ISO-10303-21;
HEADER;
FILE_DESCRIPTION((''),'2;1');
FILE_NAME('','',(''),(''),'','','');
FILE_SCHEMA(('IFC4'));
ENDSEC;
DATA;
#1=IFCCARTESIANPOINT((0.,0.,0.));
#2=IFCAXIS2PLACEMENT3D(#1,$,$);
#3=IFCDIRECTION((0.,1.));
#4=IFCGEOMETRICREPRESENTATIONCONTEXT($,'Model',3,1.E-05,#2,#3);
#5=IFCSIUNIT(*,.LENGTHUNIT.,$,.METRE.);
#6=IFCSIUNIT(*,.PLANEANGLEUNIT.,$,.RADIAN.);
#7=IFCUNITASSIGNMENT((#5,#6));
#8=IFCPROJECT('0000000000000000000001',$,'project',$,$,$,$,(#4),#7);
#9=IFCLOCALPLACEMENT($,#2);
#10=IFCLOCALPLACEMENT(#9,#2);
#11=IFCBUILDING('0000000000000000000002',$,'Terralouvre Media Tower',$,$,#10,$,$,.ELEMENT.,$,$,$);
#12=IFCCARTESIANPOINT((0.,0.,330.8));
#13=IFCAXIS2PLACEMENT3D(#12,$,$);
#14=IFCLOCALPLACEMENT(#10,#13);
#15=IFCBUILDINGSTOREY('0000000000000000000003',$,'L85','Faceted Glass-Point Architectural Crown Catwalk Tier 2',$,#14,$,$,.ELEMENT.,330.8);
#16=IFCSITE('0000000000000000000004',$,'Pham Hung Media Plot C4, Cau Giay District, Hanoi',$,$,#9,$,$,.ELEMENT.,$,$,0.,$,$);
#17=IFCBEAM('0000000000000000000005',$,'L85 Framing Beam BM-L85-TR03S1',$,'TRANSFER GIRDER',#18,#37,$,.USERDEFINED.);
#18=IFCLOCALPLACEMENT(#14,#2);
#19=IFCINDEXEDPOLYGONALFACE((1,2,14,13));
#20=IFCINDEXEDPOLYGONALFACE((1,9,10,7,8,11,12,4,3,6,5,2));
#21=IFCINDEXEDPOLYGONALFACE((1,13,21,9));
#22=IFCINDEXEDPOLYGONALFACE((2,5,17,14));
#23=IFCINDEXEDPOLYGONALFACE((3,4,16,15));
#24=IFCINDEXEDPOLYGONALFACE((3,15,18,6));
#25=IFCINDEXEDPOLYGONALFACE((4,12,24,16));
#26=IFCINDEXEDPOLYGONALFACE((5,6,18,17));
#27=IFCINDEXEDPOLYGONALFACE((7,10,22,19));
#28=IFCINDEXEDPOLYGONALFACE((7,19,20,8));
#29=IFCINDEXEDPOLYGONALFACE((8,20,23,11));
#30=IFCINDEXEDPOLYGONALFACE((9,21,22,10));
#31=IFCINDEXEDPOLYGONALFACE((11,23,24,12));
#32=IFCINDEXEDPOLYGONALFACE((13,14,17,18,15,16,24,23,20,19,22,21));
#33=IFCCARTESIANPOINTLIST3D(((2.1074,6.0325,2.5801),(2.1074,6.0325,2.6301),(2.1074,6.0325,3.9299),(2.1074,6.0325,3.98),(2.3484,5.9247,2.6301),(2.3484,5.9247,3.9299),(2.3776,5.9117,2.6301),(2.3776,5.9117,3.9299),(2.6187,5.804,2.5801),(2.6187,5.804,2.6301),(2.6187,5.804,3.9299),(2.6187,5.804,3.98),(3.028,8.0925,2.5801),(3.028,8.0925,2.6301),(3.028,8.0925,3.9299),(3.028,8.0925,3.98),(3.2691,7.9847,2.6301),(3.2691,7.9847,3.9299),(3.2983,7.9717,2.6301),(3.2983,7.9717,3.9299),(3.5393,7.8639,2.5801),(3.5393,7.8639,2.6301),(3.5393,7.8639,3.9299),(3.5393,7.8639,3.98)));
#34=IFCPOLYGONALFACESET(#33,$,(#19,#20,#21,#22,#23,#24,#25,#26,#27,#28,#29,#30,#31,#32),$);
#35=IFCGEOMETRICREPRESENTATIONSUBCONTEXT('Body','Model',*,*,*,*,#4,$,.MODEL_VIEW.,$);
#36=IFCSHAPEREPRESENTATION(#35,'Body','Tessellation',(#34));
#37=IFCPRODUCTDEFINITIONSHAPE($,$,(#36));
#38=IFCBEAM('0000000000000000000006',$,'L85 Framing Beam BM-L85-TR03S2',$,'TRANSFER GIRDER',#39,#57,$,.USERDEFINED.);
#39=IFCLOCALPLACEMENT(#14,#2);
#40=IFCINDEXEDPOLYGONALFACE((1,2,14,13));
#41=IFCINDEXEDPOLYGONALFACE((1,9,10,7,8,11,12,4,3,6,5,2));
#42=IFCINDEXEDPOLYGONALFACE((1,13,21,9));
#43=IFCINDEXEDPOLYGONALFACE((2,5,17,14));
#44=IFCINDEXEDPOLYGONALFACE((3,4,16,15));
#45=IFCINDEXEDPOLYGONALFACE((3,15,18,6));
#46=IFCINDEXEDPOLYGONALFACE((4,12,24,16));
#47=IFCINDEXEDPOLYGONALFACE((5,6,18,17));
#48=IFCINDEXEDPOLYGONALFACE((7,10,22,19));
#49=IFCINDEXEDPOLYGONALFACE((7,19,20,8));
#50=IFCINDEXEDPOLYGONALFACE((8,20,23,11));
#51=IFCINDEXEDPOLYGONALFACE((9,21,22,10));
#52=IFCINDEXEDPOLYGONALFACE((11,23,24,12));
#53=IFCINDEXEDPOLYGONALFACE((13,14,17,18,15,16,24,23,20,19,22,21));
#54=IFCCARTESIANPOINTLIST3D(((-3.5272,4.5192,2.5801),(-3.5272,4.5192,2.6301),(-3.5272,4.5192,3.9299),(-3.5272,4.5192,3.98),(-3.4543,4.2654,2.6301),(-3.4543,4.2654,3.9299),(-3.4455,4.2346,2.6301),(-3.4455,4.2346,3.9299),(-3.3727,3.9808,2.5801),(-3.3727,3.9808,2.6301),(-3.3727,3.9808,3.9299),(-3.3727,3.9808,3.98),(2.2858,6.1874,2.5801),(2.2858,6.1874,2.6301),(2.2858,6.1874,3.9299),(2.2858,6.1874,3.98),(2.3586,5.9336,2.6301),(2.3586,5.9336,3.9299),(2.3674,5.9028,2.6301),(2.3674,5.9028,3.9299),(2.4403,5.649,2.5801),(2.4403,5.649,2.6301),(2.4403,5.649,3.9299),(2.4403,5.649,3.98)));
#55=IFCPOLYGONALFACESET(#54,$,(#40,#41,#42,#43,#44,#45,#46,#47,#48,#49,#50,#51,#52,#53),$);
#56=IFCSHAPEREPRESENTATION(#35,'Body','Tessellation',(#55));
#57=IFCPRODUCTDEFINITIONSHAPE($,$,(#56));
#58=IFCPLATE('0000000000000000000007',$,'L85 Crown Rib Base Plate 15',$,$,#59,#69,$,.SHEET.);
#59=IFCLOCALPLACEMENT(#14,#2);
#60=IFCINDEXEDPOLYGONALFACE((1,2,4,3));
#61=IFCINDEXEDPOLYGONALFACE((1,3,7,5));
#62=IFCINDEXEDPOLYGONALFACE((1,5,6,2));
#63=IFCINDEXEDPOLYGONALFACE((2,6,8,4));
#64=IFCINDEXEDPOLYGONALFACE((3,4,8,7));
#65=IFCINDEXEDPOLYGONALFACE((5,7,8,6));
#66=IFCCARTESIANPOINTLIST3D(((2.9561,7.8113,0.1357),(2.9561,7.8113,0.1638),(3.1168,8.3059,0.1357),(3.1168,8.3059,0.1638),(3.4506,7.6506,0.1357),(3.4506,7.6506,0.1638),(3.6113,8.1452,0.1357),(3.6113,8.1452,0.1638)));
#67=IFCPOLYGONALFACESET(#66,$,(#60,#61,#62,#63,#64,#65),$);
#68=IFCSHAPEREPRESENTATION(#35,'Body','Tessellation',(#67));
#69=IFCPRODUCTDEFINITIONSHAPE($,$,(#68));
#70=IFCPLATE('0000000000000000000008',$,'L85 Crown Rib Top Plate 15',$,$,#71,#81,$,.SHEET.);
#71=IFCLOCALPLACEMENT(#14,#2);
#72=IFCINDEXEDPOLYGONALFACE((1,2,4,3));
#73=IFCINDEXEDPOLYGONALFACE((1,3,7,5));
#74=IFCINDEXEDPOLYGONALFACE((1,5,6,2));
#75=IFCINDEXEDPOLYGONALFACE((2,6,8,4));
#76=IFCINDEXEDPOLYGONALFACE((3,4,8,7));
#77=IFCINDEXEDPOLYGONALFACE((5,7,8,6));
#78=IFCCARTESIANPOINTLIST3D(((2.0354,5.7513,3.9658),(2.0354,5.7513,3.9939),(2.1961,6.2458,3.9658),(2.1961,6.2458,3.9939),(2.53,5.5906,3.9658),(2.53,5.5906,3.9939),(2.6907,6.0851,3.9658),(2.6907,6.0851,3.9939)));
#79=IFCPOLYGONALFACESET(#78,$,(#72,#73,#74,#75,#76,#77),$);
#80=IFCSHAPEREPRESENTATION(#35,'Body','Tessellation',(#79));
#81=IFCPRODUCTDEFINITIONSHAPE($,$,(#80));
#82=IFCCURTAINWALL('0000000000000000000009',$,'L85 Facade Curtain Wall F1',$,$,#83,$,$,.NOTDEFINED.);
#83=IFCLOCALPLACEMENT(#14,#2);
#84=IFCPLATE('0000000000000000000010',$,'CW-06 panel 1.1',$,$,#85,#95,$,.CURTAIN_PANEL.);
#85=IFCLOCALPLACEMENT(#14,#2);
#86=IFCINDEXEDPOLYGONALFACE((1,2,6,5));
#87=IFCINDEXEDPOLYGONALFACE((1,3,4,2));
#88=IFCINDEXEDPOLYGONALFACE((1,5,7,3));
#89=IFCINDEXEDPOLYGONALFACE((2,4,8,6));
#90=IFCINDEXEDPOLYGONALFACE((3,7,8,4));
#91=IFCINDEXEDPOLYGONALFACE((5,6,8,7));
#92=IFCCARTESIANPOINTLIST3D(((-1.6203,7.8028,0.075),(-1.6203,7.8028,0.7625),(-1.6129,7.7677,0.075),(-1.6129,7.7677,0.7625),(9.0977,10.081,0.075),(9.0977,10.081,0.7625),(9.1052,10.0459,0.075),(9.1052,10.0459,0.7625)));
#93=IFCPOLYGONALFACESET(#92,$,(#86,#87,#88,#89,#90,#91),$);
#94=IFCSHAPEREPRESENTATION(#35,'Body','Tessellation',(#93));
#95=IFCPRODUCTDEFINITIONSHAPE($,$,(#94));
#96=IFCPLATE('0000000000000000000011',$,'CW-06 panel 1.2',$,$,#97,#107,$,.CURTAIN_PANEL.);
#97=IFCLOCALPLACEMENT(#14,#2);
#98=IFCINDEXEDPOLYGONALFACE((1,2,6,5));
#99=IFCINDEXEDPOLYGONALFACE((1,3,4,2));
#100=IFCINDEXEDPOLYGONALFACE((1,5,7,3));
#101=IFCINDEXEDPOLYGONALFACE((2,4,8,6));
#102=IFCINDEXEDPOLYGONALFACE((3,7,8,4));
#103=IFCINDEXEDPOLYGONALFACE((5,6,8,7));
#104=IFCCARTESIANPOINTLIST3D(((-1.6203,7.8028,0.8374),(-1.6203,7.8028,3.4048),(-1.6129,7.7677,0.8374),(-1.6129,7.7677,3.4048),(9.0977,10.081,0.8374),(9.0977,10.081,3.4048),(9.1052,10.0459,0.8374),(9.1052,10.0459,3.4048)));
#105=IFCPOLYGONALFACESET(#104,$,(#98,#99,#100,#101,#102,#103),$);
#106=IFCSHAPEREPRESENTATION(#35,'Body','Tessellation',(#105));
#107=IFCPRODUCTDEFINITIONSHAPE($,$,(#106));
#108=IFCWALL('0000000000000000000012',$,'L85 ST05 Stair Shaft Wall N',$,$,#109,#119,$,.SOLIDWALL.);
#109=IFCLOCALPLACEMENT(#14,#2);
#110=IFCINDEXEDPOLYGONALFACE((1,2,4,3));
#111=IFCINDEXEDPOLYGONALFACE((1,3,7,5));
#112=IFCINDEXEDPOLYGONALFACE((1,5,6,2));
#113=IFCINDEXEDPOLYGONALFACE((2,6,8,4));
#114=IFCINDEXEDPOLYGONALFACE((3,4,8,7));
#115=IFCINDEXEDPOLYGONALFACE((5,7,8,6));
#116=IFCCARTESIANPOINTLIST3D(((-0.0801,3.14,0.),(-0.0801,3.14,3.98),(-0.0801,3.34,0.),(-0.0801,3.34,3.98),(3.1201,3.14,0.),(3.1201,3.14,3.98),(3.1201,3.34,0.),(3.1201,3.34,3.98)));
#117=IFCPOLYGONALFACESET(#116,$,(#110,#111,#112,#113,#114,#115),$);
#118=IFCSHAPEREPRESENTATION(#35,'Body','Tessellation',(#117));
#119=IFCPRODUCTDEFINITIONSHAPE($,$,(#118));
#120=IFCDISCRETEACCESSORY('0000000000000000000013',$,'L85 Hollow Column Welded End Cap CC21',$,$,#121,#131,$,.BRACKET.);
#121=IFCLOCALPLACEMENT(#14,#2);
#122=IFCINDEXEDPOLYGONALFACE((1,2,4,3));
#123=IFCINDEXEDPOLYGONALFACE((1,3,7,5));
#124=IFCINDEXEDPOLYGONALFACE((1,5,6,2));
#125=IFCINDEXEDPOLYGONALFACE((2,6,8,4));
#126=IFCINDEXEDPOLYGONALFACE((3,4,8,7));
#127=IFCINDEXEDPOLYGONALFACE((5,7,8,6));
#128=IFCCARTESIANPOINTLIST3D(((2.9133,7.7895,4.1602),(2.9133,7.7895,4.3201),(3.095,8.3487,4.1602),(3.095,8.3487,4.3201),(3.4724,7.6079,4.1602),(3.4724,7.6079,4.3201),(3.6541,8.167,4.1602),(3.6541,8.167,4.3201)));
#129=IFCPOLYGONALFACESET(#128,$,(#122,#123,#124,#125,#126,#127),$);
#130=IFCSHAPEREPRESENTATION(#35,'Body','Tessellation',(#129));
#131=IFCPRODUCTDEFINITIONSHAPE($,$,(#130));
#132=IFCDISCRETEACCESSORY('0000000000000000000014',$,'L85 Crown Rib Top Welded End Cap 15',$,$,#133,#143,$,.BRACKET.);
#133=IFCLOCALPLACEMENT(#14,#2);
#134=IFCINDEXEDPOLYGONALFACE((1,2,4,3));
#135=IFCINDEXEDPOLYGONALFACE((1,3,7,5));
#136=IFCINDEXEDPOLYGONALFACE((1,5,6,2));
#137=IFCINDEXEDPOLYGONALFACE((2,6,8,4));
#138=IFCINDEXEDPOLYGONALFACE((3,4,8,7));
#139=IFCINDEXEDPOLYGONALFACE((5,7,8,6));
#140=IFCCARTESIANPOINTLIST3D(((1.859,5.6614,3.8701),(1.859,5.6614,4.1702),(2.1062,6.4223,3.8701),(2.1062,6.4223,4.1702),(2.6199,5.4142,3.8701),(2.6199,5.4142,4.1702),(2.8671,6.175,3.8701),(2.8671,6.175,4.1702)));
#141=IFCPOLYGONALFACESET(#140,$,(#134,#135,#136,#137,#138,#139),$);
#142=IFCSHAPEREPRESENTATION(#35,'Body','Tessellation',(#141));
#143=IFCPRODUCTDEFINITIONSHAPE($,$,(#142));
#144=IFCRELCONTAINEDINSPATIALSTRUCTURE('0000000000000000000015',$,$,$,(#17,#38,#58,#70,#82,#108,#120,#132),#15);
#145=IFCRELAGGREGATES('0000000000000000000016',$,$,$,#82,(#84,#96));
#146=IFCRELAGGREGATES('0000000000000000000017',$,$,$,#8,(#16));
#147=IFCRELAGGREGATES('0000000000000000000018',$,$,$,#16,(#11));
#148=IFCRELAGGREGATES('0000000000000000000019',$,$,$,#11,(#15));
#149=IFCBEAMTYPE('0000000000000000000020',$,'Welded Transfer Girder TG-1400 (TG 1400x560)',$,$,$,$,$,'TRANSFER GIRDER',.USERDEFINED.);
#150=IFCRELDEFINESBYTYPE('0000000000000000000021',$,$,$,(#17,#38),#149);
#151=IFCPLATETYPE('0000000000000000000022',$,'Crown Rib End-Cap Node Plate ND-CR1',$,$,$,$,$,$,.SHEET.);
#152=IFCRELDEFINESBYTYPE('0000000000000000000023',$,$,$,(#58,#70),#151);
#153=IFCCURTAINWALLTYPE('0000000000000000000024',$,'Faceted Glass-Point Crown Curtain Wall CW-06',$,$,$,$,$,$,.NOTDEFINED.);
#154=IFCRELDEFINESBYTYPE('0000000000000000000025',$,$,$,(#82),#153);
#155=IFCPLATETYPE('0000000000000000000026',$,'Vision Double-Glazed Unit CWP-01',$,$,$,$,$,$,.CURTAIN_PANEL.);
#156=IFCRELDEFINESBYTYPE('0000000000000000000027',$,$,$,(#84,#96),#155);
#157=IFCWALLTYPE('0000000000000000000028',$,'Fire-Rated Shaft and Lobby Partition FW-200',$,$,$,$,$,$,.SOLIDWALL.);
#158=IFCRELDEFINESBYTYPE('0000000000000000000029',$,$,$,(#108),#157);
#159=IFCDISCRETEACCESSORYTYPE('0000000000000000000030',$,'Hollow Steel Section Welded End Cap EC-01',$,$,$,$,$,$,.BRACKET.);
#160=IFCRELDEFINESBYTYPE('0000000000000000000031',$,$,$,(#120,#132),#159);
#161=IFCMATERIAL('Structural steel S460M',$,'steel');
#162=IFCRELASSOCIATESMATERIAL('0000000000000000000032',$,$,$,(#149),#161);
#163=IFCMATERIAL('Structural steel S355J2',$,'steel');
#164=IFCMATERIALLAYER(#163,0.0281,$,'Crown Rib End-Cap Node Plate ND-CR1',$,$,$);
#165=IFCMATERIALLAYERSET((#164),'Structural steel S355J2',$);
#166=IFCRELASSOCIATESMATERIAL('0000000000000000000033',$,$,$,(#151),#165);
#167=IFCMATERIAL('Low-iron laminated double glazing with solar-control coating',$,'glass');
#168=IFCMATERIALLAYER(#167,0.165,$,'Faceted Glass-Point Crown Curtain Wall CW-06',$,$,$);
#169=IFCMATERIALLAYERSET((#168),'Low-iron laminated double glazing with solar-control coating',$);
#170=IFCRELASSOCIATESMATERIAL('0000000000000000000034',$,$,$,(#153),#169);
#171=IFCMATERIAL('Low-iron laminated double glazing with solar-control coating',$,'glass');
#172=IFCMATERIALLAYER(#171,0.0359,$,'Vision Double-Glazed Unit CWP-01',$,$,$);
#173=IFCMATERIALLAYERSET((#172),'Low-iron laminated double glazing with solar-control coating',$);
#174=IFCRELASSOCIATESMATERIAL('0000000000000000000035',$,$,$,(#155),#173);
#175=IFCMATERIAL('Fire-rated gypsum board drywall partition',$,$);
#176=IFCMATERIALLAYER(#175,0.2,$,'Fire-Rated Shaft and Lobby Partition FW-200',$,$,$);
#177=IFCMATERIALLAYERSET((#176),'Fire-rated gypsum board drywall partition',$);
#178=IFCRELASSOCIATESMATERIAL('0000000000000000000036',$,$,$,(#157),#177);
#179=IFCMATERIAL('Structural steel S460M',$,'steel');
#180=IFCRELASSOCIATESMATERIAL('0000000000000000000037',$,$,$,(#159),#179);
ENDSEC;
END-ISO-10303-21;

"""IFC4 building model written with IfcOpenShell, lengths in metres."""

from ifc_helpers import new_model, si_unit, direction, frame, frame_2d, origin, origin_2d, place, context, subcontext, project, spatial, rectangle, i_section, extrude, material, layer, layer_set, material_profile, profile_set, type_object, element, aggregate, save


model = new_model("IFC4")

# Units and contexts
model_context = context("Model", 3, precision=1e-05, world=origin(), true_north=direction((0.0, 1.0)))
body_context = subcontext(model_context, "Body", "Model", "MODEL_VIEW")
ifc_project = project(units=[si_unit("LENGTHUNIT", "METRE"), si_unit("PLANEANGLEUNIT", "RADIAN")], contexts=[model_context])

# Site, building, storey
site_placement = place(None, origin())
site = spatial("IfcSite", under=ifc_project, at=site_placement, Name="Pham Hung Media Plot C4, Cau Giay District, Hanoi", CompositionType="ELEMENT", RefElevation=0.0)
building_placement = place(site_placement, origin())
building = spatial("IfcBuilding", under=site, at=building_placement, Name="Terralouvre Media Tower", CompositionType="ELEMENT")
storey_placement = place(building_placement, frame((0.0, 0.0, 330.8)))
storey = spatial("IfcBuildingStorey", under=building, at=storey_placement, Name="L85", Description="Faceted Glass-Point Architectural Crown Catwalk Tier 2", CompositionType="ELEMENT", Elevation=330.8)

# Beams
ifc_material_1 = material(Name="Structural steel S460M", Category="steel")
ifc_material_profile_1 = material_profile(ifc_material_1, i_section(OverallWidth=0.5601, OverallDepth=1.3999, WebThickness=0.032, FlangeThickness=0.05, at=origin_2d()), Name="TG 1400x560")
ifc_profile_set_1 = profile_set([ifc_material_profile_1], Name="Structural steel S460M")
beam_type_1 = type_object("IfcBeamType", Name="Welded Transfer Girder TG-1400 (TG 1400x560)", ElementType="TRANSFER GIRDER", PredefinedType="USERDEFINED", material=ifc_profile_set_1)
beam_1_placement = place(storey_placement, frame((2.363, 5.9182, 3.28), z_axis=(0.408015, 0.912975, 0.0), x_axis=(-0.912975, 0.408015, 0.0)))
element("IfcBeam", 1, at=beam_1_placement, inside=storey, type_object=beam_type_1, Name="L85 Framing Beam BM-L85-TR03S1", ObjectType="TRANSFER GIRDER", PredefinedType="USERDEFINED", context=body_context, shape_type="SweptSolid", body=[
    extrude(i_section(OverallWidth=0.5601, OverallDepth=1.3999, WebThickness=0.032, FlangeThickness=0.05, at=origin_2d()), origin(), (0.0, 0.0, 1.0), 2.2563),
])
beam_2_placement = place(storey_placement, frame((2.363, 5.9182, 3.28), z_axis=(-0.961202, -0.275846, 0.0), x_axis=(0.275846, -0.961202, 0.0)))
element("IfcBeam", 2, at=beam_2_placement, inside=storey, type_object=beam_type_1, Name="L85 Framing Beam BM-L85-TR03S2", ObjectType="TRANSFER GIRDER", PredefinedType="USERDEFINED", context=body_context, shape_type="SweptSolid", body=[
    extrude(i_section(OverallWidth=0.5601, OverallDepth=1.3999, WebThickness=0.032, FlangeThickness=0.05, at=origin_2d()), origin(), (0.0, 0.0, 1.0), 6.0476),
])

# Plates
ifc_material_2 = material(Name="Structural steel S355J2", Category="steel")
ifc_layer_1 = layer(ifc_material_2, 0.0281, Name="Crown Rib End-Cap Node Plate ND-CR1")
ifc_layer_set_1 = layer_set([ifc_layer_1], Name="Structural steel S355J2")
plate_type_1 = type_object("IfcPlateType", Name="Crown Rib End-Cap Node Plate ND-CR1", PredefinedType="SHEET", material=ifc_layer_set_1)
for number, where, z_axis, x_axis, name in (
    (3, (3.2837, 7.9783, 0.1357), (0.0, 0.0, 1.0), (0.309017, 0.951057, 0.0), "L85 Crown Rib Base Plate 15"),
    (4, (2.363, 5.9182, 3.9658), (0.0, 0.0, 1.0), (0.309017, 0.951057, 0.0), "L85 Crown Rib Top Plate 15"),
):
    element("IfcPlate", number, at=place(storey_placement, frame(where, z_axis=z_axis, x_axis=x_axis)), inside=storey, type_object=plate_type_1, Name=name, PredefinedType="SHEET", context=body_context, shape_type="SweptSolid", body=[
        extrude(rectangle(XDim=0.52, YDim=0.52, at=origin_2d()), origin(), (0.0, 0.0, 1.0), 0.0281),
    ])

# Curtain wall, plates
ifc_material_3 = material(Name="Low-iron laminated double glazing with solar-control coating", Category="glass")
ifc_layer_2 = layer(ifc_material_3, 0.165, Name="Faceted Glass-Point Crown Curtain Wall CW-06")
ifc_layer_set_2 = layer_set([ifc_layer_2], Name="Low-iron laminated double glazing with solar-control coating")
curtain_wall_type = type_object("IfcCurtainWallType", Name="Faceted Glass-Point Crown Curtain Wall CW-06", PredefinedType="NOTDEFINED", material=ifc_layer_set_2)
curtain_wall_placement = place(storey_placement, origin())
curtain_wall = element("IfcCurtainWall", 5, at=curtain_wall_placement, inside=storey, type_object=curtain_wall_type, Name="L85 Facade Curtain Wall F1", PredefinedType="NOTDEFINED")
ifc_material_4 = material(Name="Low-iron laminated double glazing with solar-control coating", Category="glass")
ifc_layer_3 = layer(ifc_material_4, 0.0359, Name="Vision Double-Glazed Unit CWP-01")
ifc_layer_set_3 = layer_set([ifc_layer_3], Name="Low-iron laminated double glazing with solar-control coating")
plate_type_2 = type_object("IfcPlateType", Name="Vision Double-Glazed Unit CWP-01", PredefinedType="CURTAIN_PANEL", material=ifc_layer_set_3)
plate_1_placement = place(storey_placement, frame((3.7424, 8.9243, 0.075), z_axis=(0.0, 0.0, 1.0), x_axis=(-0.978148, -0.207912, 0.0)))
plate_1 = element("IfcPlate", 6, at=plate_1_placement, type_object=plate_type_2, Name="CW-06 panel 1.1", PredefinedType="CURTAIN_PANEL", context=body_context, shape_type="SweptSolid", body=[
    extrude(rectangle(XDim=10.9575, YDim=0.0359, at=origin_2d()), origin(), (0.0, 0.0, 1.0), 0.6875),
])
plate_2_placement = place(storey_placement, frame((3.7424, 8.9243, 0.8374), z_axis=(0.0, 0.0, 1.0), x_axis=(-0.978148, -0.207912, 0.0)))
plate_2 = element("IfcPlate", 7, at=plate_2_placement, type_object=plate_type_2, Name="CW-06 panel 1.2", PredefinedType="CURTAIN_PANEL", context=body_context, shape_type="SweptSolid", body=[
    extrude(rectangle(XDim=10.9575, YDim=0.0359, at=origin_2d()), origin(), (0.0, 0.0, 1.0), 2.5674),
])
aggregate(curtain_wall, [plate_1, plate_2])

# Wall
ifc_material_5 = material(Name="Fire-rated gypsum board drywall partition")
ifc_layer_4 = layer(ifc_material_5, 0.2, Name="Fire-Rated Shaft and Lobby Partition FW-200")
ifc_layer_set_4 = layer_set([ifc_layer_4], Name="Fire-rated gypsum board drywall partition")
wall_type = type_object("IfcWallType", Name="Fire-Rated Shaft and Lobby Partition FW-200", PredefinedType="SOLIDWALL", material=ifc_layer_set_4)
wall_placement = place(storey_placement, frame((3.1201, 3.24, 0.0), z_axis=(0.0, 0.0, 1.0), x_axis=(-1.0, 0.0, 0.0)))
element("IfcWall", 8, at=wall_placement, inside=storey, type_object=wall_type, Name="L85 ST05 Stair Shaft Wall N", PredefinedType="SOLIDWALL", context=body_context, shape_type="SweptSolid", body=[
    extrude(rectangle(XDim=3.2002, YDim=0.2, at=frame_2d((1.6001, 0.0))), origin(), (0.0, 0.0, 1.0), 3.98),
])

# Discrete accessories
ifc_material_6 = material(Name="Structural steel S460M", Category="steel")
discrete_accessory_type = type_object("IfcDiscreteAccessoryType", Name="Hollow Steel Section Welded End Cap EC-01", PredefinedType="BRACKET", material=ifc_material_6)
discrete_accessory_1_placement = place(storey_placement, frame((3.2837, 7.9783, 4.1602), z_axis=(0.0, 0.0, 1.0), x_axis=(0.309017, 0.951057, 0.0)))
element("IfcDiscreteAccessory", 9, at=discrete_accessory_1_placement, inside=storey, type_object=discrete_accessory_type, Name="L85 Hollow Column Welded End Cap CC21", PredefinedType="BRACKET", context=body_context, shape_type="SweptSolid", body=[
    extrude(rectangle(XDim=0.5879, YDim=0.5879, at=origin_2d()), origin(), (0.0, 0.0, 1.0), 0.1599),
])
discrete_accessory_2_placement = place(storey_placement, frame((2.363, 5.9182, 3.8701), z_axis=(0.0, 0.0, 1.0), x_axis=(0.309017, 0.951057, 0.0)))
element("IfcDiscreteAccessory", 10, at=discrete_accessory_2_placement, inside=storey, type_object=discrete_accessory_type, Name="L85 Crown Rib Top Welded End Cap 15", PredefinedType="BRACKET", context=body_context, shape_type="SweptSolid", body=[
    extrude(rectangle(XDim=0.8, YDim=0.8, at=origin_2d()), origin(), (0.0, 0.0, 1.0), 0.3),
])

save(model, "model.ifc")
